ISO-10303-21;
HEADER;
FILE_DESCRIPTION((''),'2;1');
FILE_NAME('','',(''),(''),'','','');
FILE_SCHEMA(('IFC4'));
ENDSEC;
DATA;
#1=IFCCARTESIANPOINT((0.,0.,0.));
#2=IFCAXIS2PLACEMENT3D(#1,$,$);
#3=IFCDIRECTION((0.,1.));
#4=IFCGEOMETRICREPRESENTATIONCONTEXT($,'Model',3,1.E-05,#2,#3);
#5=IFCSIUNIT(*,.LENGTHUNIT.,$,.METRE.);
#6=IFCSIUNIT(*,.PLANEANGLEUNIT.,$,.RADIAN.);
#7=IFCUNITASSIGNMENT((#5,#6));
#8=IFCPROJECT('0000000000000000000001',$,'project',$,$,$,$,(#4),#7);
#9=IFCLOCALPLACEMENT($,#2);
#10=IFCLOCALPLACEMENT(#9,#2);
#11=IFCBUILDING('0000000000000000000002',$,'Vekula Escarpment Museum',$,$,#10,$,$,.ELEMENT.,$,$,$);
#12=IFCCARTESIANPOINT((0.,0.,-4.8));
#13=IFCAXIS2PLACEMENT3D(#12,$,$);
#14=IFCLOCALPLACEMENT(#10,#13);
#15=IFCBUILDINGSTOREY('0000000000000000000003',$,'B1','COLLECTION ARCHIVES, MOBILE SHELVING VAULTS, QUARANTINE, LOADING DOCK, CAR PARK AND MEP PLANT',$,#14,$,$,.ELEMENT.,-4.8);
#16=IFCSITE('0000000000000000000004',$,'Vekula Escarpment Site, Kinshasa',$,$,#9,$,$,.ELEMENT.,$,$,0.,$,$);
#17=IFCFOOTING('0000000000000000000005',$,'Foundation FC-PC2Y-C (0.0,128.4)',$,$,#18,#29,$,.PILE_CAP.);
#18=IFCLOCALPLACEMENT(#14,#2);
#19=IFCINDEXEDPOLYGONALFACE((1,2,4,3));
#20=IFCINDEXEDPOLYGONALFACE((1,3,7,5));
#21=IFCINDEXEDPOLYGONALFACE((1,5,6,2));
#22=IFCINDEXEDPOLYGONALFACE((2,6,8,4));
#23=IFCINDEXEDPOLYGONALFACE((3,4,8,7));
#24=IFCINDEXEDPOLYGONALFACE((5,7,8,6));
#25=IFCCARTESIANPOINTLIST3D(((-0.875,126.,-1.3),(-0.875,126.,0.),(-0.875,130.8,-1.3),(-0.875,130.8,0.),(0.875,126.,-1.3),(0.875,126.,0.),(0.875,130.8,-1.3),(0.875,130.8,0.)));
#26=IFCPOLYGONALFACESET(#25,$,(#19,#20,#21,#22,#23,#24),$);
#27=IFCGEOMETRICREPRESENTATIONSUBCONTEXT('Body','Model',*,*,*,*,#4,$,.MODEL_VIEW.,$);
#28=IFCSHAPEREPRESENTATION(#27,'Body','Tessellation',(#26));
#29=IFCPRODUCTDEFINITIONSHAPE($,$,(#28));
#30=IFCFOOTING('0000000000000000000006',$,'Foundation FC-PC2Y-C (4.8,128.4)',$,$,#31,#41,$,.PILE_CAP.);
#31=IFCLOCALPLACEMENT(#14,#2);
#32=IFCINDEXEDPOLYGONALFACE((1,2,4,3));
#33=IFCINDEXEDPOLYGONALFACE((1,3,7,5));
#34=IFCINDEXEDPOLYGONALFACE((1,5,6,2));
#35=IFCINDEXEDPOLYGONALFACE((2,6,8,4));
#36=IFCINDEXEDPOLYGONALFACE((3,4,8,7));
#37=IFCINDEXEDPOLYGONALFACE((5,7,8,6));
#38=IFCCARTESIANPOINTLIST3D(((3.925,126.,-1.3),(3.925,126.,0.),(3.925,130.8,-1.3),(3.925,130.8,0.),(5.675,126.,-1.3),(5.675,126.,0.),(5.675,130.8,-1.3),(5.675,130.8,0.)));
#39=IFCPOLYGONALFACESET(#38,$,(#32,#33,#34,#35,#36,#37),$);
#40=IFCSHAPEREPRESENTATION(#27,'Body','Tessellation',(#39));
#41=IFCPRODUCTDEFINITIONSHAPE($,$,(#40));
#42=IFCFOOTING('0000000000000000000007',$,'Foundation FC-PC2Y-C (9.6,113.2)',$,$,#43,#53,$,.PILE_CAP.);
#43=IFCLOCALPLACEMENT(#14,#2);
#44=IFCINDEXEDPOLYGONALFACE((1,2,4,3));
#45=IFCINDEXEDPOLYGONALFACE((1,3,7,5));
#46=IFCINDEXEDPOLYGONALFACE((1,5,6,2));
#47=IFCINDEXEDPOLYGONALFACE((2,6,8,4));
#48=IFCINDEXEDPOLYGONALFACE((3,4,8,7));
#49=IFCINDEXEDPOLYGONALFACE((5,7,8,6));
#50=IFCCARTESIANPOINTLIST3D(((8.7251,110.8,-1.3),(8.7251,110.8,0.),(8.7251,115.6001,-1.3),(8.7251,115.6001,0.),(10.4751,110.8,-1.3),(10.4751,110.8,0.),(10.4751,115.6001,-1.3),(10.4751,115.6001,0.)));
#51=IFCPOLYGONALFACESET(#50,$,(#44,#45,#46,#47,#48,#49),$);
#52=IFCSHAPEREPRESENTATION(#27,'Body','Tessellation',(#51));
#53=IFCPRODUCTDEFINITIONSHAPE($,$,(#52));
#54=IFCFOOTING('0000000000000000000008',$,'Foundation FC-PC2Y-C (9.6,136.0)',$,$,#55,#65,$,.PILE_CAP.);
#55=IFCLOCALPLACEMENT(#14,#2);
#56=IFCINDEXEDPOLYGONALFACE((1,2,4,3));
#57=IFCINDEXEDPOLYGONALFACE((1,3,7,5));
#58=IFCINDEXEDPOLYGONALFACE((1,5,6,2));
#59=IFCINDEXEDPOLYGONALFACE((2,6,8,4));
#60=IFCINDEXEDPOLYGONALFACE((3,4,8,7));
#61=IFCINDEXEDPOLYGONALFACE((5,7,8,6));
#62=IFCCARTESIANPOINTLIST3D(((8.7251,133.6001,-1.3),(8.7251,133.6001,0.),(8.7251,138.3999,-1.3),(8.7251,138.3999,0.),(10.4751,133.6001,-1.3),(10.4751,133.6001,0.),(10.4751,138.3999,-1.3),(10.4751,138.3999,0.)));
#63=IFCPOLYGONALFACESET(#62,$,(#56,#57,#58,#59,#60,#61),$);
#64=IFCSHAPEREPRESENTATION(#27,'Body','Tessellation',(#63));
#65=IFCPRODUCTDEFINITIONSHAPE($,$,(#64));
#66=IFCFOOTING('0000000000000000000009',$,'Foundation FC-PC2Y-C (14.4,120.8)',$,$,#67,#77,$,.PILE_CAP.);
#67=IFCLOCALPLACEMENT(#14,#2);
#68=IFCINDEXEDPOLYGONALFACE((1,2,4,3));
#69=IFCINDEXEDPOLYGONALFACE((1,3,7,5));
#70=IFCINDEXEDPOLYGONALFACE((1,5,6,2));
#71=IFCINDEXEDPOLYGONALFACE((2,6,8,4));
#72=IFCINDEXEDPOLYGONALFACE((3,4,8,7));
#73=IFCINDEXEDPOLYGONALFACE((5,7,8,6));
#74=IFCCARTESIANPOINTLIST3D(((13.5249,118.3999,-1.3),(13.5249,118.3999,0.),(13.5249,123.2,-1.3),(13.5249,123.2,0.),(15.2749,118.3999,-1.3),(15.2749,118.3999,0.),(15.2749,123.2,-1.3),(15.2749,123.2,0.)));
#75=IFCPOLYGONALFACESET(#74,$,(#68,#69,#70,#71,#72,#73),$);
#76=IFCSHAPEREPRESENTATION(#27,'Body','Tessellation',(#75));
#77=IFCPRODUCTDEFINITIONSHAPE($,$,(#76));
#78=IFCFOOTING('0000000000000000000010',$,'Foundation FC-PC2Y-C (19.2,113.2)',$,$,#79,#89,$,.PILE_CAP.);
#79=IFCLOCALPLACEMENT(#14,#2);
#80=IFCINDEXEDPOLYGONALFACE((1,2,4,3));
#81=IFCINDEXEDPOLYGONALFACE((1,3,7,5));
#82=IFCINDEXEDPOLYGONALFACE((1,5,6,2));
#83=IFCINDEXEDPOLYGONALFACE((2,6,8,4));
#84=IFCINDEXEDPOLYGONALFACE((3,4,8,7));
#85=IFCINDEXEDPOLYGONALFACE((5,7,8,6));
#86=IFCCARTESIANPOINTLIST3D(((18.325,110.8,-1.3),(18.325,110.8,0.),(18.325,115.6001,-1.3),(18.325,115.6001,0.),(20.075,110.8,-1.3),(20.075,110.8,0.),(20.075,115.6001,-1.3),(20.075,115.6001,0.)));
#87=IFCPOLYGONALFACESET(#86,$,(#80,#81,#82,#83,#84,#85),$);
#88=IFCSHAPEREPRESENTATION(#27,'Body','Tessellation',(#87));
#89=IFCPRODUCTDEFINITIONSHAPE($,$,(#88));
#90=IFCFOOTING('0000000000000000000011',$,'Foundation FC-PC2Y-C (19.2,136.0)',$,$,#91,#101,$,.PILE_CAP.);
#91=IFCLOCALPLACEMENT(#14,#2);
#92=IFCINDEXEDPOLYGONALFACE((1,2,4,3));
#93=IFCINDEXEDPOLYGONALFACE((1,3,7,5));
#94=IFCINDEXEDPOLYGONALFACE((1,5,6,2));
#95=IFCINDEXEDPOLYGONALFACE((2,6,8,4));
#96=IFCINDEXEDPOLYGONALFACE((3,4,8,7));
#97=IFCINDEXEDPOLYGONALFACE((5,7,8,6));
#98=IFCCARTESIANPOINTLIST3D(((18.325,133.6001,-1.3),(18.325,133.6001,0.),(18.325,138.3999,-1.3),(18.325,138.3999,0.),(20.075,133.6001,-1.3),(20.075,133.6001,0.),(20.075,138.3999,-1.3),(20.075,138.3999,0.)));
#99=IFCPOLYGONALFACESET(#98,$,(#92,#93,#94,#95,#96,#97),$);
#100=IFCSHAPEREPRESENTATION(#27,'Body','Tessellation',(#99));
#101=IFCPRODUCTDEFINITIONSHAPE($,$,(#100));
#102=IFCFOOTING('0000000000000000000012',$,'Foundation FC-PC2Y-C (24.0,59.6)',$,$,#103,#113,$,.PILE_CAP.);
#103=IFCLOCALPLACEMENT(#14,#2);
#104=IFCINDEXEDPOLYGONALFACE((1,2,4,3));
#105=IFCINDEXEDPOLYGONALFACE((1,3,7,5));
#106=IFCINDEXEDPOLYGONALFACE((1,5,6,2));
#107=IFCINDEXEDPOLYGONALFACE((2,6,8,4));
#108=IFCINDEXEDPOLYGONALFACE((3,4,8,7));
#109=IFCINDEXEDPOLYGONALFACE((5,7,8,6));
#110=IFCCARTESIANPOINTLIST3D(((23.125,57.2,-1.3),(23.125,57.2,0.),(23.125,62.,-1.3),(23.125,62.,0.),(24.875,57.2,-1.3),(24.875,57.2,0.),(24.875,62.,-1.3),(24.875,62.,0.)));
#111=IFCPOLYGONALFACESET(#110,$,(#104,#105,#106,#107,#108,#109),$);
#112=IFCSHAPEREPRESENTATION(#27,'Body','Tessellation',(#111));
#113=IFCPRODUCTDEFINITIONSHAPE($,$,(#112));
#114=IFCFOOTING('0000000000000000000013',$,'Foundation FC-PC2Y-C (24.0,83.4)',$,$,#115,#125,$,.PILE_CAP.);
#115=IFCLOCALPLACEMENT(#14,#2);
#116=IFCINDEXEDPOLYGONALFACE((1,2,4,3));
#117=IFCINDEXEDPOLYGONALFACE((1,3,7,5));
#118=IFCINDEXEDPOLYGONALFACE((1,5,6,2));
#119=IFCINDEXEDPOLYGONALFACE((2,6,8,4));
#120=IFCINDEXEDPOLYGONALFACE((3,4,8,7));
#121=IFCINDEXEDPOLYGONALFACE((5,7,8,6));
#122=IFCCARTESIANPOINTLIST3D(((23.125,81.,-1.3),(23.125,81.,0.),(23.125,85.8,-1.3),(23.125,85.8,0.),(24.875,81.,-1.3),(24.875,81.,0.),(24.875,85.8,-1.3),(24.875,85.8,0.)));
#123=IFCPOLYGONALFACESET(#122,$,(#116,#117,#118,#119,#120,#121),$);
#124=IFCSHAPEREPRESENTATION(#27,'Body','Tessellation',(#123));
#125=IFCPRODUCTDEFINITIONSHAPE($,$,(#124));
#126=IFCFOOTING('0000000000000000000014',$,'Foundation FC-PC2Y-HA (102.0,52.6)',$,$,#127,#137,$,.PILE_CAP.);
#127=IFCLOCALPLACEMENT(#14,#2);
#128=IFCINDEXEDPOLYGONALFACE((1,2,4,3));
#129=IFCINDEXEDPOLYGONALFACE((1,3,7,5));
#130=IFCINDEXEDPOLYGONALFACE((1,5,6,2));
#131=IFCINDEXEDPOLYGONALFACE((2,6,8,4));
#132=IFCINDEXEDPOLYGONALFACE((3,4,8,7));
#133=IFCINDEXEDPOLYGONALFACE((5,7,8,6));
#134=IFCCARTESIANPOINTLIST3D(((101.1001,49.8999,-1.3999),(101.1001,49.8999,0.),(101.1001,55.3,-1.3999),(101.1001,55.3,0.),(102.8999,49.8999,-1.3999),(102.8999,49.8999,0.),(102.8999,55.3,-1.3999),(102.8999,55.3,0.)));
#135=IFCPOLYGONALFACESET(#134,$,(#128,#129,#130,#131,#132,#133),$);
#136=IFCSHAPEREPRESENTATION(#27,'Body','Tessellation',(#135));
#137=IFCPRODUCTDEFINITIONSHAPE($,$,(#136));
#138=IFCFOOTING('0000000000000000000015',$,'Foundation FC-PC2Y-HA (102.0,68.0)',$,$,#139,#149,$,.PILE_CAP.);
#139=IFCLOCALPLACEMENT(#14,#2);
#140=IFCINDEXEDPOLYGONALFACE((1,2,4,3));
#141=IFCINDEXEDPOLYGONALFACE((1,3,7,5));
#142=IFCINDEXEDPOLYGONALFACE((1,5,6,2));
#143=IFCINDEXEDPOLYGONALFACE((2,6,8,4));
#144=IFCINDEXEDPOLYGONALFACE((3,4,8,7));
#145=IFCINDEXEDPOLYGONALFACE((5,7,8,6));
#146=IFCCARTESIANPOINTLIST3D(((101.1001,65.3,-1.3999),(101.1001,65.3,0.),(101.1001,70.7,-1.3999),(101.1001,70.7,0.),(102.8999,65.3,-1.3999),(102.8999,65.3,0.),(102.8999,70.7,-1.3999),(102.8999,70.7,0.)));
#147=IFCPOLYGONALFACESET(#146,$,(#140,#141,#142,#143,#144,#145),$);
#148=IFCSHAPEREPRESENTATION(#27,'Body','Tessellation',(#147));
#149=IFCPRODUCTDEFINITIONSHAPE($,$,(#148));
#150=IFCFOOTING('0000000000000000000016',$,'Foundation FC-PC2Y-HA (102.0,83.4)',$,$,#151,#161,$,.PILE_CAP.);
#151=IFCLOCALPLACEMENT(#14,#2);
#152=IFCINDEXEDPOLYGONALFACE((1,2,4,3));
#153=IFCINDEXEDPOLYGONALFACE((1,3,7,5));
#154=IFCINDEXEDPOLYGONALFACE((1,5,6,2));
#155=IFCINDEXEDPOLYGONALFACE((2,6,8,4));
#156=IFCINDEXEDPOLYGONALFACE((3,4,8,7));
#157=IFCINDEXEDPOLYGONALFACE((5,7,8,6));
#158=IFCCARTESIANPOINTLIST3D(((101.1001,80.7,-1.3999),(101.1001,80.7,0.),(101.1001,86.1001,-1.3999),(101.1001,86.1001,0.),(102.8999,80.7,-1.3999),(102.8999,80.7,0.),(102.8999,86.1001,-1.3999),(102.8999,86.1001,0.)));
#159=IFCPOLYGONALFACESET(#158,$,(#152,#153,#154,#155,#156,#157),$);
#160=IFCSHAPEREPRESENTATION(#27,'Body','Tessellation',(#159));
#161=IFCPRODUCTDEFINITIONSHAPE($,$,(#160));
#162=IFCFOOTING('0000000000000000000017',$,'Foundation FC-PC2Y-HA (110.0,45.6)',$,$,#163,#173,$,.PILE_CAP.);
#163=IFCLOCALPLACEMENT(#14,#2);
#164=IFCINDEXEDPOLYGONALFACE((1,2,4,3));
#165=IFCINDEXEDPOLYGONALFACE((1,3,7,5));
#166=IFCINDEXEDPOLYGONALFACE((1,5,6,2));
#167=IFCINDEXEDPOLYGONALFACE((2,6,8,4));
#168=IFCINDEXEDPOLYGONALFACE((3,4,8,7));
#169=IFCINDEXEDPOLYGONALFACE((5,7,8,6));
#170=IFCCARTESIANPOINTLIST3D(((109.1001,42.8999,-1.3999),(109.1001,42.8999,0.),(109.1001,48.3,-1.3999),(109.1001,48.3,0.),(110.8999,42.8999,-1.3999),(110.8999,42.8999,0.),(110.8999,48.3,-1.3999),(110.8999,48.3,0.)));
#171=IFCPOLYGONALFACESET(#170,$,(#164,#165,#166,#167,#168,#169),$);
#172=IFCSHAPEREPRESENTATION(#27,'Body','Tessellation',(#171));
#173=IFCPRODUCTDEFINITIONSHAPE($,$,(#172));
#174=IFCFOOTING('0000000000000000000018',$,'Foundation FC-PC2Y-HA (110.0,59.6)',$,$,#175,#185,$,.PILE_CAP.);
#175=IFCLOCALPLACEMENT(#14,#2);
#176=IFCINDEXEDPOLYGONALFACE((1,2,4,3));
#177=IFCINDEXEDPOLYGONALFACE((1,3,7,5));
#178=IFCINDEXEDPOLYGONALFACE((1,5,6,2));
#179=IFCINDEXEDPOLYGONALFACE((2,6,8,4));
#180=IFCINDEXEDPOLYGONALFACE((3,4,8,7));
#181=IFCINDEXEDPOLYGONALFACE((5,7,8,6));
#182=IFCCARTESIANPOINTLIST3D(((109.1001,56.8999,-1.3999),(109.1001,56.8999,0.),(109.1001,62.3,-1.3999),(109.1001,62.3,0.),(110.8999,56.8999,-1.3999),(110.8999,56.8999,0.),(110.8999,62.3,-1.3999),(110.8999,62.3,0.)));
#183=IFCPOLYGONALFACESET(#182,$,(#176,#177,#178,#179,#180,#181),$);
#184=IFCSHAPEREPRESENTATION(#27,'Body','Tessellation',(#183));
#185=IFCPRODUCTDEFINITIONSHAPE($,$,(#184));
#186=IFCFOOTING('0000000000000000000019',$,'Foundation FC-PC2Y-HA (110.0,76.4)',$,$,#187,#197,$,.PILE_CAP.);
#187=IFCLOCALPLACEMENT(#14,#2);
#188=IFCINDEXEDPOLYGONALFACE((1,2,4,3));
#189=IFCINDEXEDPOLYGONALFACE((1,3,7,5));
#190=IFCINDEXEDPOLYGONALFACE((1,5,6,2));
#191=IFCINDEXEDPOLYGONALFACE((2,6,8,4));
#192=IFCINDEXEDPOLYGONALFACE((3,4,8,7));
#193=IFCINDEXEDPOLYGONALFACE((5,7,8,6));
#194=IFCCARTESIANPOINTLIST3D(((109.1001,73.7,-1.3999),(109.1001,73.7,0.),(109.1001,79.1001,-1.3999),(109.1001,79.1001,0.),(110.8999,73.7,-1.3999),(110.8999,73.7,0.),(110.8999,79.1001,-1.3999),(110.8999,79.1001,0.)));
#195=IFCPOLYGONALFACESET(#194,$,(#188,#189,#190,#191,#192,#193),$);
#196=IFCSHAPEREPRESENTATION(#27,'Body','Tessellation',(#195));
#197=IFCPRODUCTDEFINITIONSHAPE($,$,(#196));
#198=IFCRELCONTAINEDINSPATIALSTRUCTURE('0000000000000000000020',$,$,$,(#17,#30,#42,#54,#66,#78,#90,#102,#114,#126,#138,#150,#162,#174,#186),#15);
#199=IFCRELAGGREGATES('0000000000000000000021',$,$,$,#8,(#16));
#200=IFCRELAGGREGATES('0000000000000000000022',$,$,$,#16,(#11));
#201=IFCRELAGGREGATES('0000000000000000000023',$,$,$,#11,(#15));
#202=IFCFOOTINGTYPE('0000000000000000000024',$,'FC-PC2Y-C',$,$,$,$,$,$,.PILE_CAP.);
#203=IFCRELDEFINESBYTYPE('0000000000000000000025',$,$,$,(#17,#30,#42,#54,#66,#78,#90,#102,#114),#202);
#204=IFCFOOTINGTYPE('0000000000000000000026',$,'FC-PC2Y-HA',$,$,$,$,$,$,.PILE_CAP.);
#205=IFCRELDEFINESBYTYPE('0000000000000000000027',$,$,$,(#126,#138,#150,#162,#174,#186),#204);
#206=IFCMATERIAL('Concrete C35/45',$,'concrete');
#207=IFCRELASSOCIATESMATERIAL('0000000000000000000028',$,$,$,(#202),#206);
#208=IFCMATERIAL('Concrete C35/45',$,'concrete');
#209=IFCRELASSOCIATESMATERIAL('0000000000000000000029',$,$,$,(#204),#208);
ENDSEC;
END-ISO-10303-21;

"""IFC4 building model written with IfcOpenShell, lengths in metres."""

from ifc_helpers import new_model, si_unit, direction, frame, origin, place, context, subcontext, project, spatial, polyline, outline, extrude, material, type_object, element, save


model = new_model("IFC4")

# Units and contexts
model_context = context("Model", 3, precision=1e-05, world=origin(), true_north=direction((0.0, 1.0)))
body_context = subcontext(model_context, "Body", "Model", "MODEL_VIEW")
ifc_project = project(units=[si_unit("LENGTHUNIT", "METRE"), si_unit("PLANEANGLEUNIT", "RADIAN")], contexts=[model_context])

# Site, building, storey
site_placement = place(None, origin())
site = spatial("IfcSite", under=ifc_project, at=site_placement, Name="Vekula Escarpment Site, Kinshasa", CompositionType="ELEMENT", RefElevation=0.0)
building_placement = place(site_placement, origin())
building = spatial("IfcBuilding", under=site, at=building_placement, Name="Vekula Escarpment Museum", CompositionType="ELEMENT")
storey_placement = place(building_placement, frame((0.0, 0.0, -4.8)))
storey = spatial("IfcBuildingStorey", under=building, at=storey_placement, Name="B1", Description="COLLECTION ARCHIVES, MOBILE SHELVING VAULTS, QUARANTINE, LOADING DOCK, CAR PARK AND MEP PLANT", CompositionType="ELEMENT", Elevation=-4.8)

# Footings
ifc_material_1 = material(Name="Concrete C35/45", Category="concrete")
footing_type_1 = type_object("IfcFootingType", Name="FC-PC2Y-C", PredefinedType="PILE_CAP", material=ifc_material_1)
footing_1_placement = place(storey_placement, frame((0.0, 0.0, -1.3)))
element("IfcFooting", 1, at=footing_1_placement, inside=storey, type_object=footing_type_1, Name="Foundation FC-PC2Y-C (0.0,128.4)", PredefinedType="PILE_CAP", context=body_context, shape_type="SweptSolid", body=[
    extrude(outline(polyline([(-0.875, 126.0), (0.875, 126.0), (0.875, 130.8), (-0.875, 130.8), (-0.875, 126.0)])), origin(), (0.0, 0.0, 1.0), 1.3),
])
footing_2_placement = place(storey_placement, frame((0.0, 0.0, -1.3)))
element("IfcFooting", 2, at=footing_2_placement, inside=storey, type_object=footing_type_1, Name="Foundation FC-PC2Y-C (4.8,128.4)", PredefinedType="PILE_CAP", context=body_context, shape_type="SweptSolid", body=[
    extrude(outline(polyline([(3.925, 126.0), (5.675, 126.0), (5.675, 130.8), (3.925, 130.8), (3.925, 126.0)])), origin(), (0.0, 0.0, 1.0), 1.3),
])
footing_3_placement = place(storey_placement, frame((0.0, 0.0, -1.3)))
element("IfcFooting", 3, at=footing_3_placement, inside=storey, type_object=footing_type_1, Name="Foundation FC-PC2Y-C (9.6,113.2)", PredefinedType="PILE_CAP", context=body_context, shape_type="SweptSolid", body=[
    extrude(outline(polyline([(8.7251, 110.8), (10.4751, 110.8), (10.4751, 115.6001), (8.7251, 115.6001), (8.7251, 110.8)])), origin(), (0.0, 0.0, 1.0), 1.3),
])
footing_4_placement = place(storey_placement, frame((0.0, 0.0, -1.3)))
element("IfcFooting", 4, at=footing_4_placement, inside=storey, type_object=footing_type_1, Name="Foundation FC-PC2Y-C (9.6,136.0)", PredefinedType="PILE_CAP", context=body_context, shape_type="SweptSolid", body=[
    extrude(outline(polyline([(8.7251, 133.6001), (10.4751, 133.6001), (10.4751, 138.3999), (8.7251, 138.3999), (8.7251, 133.6001)])), origin(), (0.0, 0.0, 1.0), 1.3),
])
footing_5_placement = place(storey_placement, frame((0.0, 0.0, -1.3)))
element("IfcFooting", 5, at=footing_5_placement, inside=storey, type_object=footing_type_1, Name="Foundation FC-PC2Y-C (14.4,120.8)", PredefinedType="PILE_CAP", context=body_context, shape_type="SweptSolid", body=[
    extrude(outline(polyline([(13.5249, 118.3999), (15.2749, 118.3999), (15.2749, 123.2), (13.5249, 123.2), (13.5249, 118.3999)])), origin(), (0.0, 0.0, 1.0), 1.3),
])
footing_6_placement = place(storey_placement, frame((0.0, 0.0, -1.3)))
element("IfcFooting", 6, at=footing_6_placement, inside=storey, type_object=footing_type_1, Name="Foundation FC-PC2Y-C (19.2,113.2)", PredefinedType="PILE_CAP", context=body_context, shape_type="SweptSolid", body=[
    extrude(outline(polyline([(18.325, 110.8), (20.075, 110.8), (20.075, 115.6001), (18.325, 115.6001), (18.325, 110.8)])), origin(), (0.0, 0.0, 1.0), 1.3),
])
footing_7_placement = place(storey_placement, frame((0.0, 0.0, -1.3)))
element("IfcFooting", 7, at=footing_7_placement, inside=storey, type_object=footing_type_1, Name="Foundation FC-PC2Y-C (19.2,136.0)", PredefinedType="PILE_CAP", context=body_context, shape_type="SweptSolid", body=[
    extrude(outline(polyline([(18.325, 133.6001), (20.075, 133.6001), (20.075, 138.3999), (18.325, 138.3999), (18.325, 133.6001)])), origin(), (0.0, 0.0, 1.0), 1.3),
])
footing_8_placement = place(storey_placement, frame((0.0, 0.0, -1.3)))
element("IfcFooting", 8, at=footing_8_placement, inside=storey, type_object=footing_type_1, Name="Foundation FC-PC2Y-C (24.0,59.6)", PredefinedType="PILE_CAP", context=body_context, shape_type="SweptSolid", body=[
    extrude(outline(polyline([(23.125, 57.2), (24.875, 57.2), (24.875, 62.0), (23.125, 62.0), (23.125, 57.2)])), origin(), (0.0, 0.0, 1.0), 1.3),
])
footing_9_placement = place(storey_placement, frame((0.0, 0.0, -1.3)))
element("IfcFooting", 9, at=footing_9_placement, inside=storey, type_object=footing_type_1, Name="Foundation FC-PC2Y-C (24.0,83.4)", PredefinedType="PILE_CAP", context=body_context, shape_type="SweptSolid", body=[
    extrude(outline(polyline([(23.125, 81.0), (24.875, 81.0), (24.875, 85.8), (23.125, 85.8), (23.125, 81.0)])), origin(), (0.0, 0.0, 1.0), 1.3),
])
ifc_material_2 = material(Name="Concrete C35/45", Category="concrete")
footing_type_2 = type_object("IfcFootingType", Name="FC-PC2Y-HA", PredefinedType="PILE_CAP", material=ifc_material_2)
footing_10_placement = place(storey_placement, frame((0.0, 0.0, -1.3999)))
element("IfcFooting", 10, at=footing_10_placement, inside=storey, type_object=footing_type_2, Name="Foundation FC-PC2Y-HA (102.0,52.6)", PredefinedType="PILE_CAP", context=body_context, shape_type="SweptSolid", body=[
    extrude(outline(polyline([(101.1001, 49.8999), (102.8999, 49.8999), (102.8999, 55.3), (101.1001, 55.3), (101.1001, 49.8999)])), origin(), (0.0, 0.0, 1.0), 1.3999),
])
footing_11_placement = place(storey_placement, frame((0.0, 0.0, -1.3999)))
element("IfcFooting", 11, at=footing_11_placement, inside=storey, type_object=footing_type_2, Name="Foundation FC-PC2Y-HA (102.0,68.0)", PredefinedType="PILE_CAP", context=body_context, shape_type="SweptSolid", body=[
    extrude(outline(polyline([(101.1001, 65.3), (102.8999, 65.3), (102.8999, 70.7), (101.1001, 70.7), (101.1001, 65.3)])), origin(), (0.0, 0.0, 1.0), 1.3999),
])
footing_12_placement = place(storey_placement, frame((0.0, 0.0, -1.3999)))
element("IfcFooting", 12, at=footing_12_placement, inside=storey, type_object=footing_type_2, Name="Foundation FC-PC2Y-HA (102.0,83.4)", PredefinedType="PILE_CAP", context=body_context, shape_type="SweptSolid", body=[
    extrude(outline(polyline([(101.1001, 80.7), (102.8999, 80.7), (102.8999, 86.1001), (101.1001, 86.1001), (101.1001, 80.7)])), origin(), (0.0, 0.0, 1.0), 1.3999),
])
footing_13_placement = place(storey_placement, frame((0.0, 0.0, -1.3999)))
element("IfcFooting", 13, at=footing_13_placement, inside=storey, type_object=footing_type_2, Name="Foundation FC-PC2Y-HA (110.0,45.6)", PredefinedType="PILE_CAP", context=body_context, shape_type="SweptSolid", body=[
    extrude(outline(polyline([(109.1001, 42.8999), (110.8999, 42.8999), (110.8999, 48.3), (109.1001, 48.3), (109.1001, 42.8999)])), origin(), (0.0, 0.0, 1.0), 1.3999),
])
footing_14_placement = place(storey_placement, frame((0.0, 0.0, -1.3999)))
element("IfcFooting", 14, at=footing_14_placement, inside=storey, type_object=footing_type_2, Name="Foundation FC-PC2Y-HA (110.0,59.6)", PredefinedType="PILE_CAP", context=body_context, shape_type="SweptSolid", body=[
    extrude(outline(polyline([(109.1001, 56.8999), (110.8999, 56.8999), (110.8999, 62.3), (109.1001, 62.3), (109.1001, 56.8999)])), origin(), (0.0, 0.0, 1.0), 1.3999),
])
footing_15_placement = place(storey_placement, frame((0.0, 0.0, -1.3999)))
element("IfcFooting", 15, at=footing_15_placement, inside=storey, type_object=footing_type_2, Name="Foundation FC-PC2Y-HA (110.0,76.4)", PredefinedType="PILE_CAP", context=body_context, shape_type="SweptSolid", body=[
    extrude(outline(polyline([(109.1001, 73.7), (110.8999, 73.7), (110.8999, 79.1001), (109.1001, 79.1001), (109.1001, 73.7)])), origin(), (0.0, 0.0, 1.0), 1.3999),
])

save(model, "model.ifc")
